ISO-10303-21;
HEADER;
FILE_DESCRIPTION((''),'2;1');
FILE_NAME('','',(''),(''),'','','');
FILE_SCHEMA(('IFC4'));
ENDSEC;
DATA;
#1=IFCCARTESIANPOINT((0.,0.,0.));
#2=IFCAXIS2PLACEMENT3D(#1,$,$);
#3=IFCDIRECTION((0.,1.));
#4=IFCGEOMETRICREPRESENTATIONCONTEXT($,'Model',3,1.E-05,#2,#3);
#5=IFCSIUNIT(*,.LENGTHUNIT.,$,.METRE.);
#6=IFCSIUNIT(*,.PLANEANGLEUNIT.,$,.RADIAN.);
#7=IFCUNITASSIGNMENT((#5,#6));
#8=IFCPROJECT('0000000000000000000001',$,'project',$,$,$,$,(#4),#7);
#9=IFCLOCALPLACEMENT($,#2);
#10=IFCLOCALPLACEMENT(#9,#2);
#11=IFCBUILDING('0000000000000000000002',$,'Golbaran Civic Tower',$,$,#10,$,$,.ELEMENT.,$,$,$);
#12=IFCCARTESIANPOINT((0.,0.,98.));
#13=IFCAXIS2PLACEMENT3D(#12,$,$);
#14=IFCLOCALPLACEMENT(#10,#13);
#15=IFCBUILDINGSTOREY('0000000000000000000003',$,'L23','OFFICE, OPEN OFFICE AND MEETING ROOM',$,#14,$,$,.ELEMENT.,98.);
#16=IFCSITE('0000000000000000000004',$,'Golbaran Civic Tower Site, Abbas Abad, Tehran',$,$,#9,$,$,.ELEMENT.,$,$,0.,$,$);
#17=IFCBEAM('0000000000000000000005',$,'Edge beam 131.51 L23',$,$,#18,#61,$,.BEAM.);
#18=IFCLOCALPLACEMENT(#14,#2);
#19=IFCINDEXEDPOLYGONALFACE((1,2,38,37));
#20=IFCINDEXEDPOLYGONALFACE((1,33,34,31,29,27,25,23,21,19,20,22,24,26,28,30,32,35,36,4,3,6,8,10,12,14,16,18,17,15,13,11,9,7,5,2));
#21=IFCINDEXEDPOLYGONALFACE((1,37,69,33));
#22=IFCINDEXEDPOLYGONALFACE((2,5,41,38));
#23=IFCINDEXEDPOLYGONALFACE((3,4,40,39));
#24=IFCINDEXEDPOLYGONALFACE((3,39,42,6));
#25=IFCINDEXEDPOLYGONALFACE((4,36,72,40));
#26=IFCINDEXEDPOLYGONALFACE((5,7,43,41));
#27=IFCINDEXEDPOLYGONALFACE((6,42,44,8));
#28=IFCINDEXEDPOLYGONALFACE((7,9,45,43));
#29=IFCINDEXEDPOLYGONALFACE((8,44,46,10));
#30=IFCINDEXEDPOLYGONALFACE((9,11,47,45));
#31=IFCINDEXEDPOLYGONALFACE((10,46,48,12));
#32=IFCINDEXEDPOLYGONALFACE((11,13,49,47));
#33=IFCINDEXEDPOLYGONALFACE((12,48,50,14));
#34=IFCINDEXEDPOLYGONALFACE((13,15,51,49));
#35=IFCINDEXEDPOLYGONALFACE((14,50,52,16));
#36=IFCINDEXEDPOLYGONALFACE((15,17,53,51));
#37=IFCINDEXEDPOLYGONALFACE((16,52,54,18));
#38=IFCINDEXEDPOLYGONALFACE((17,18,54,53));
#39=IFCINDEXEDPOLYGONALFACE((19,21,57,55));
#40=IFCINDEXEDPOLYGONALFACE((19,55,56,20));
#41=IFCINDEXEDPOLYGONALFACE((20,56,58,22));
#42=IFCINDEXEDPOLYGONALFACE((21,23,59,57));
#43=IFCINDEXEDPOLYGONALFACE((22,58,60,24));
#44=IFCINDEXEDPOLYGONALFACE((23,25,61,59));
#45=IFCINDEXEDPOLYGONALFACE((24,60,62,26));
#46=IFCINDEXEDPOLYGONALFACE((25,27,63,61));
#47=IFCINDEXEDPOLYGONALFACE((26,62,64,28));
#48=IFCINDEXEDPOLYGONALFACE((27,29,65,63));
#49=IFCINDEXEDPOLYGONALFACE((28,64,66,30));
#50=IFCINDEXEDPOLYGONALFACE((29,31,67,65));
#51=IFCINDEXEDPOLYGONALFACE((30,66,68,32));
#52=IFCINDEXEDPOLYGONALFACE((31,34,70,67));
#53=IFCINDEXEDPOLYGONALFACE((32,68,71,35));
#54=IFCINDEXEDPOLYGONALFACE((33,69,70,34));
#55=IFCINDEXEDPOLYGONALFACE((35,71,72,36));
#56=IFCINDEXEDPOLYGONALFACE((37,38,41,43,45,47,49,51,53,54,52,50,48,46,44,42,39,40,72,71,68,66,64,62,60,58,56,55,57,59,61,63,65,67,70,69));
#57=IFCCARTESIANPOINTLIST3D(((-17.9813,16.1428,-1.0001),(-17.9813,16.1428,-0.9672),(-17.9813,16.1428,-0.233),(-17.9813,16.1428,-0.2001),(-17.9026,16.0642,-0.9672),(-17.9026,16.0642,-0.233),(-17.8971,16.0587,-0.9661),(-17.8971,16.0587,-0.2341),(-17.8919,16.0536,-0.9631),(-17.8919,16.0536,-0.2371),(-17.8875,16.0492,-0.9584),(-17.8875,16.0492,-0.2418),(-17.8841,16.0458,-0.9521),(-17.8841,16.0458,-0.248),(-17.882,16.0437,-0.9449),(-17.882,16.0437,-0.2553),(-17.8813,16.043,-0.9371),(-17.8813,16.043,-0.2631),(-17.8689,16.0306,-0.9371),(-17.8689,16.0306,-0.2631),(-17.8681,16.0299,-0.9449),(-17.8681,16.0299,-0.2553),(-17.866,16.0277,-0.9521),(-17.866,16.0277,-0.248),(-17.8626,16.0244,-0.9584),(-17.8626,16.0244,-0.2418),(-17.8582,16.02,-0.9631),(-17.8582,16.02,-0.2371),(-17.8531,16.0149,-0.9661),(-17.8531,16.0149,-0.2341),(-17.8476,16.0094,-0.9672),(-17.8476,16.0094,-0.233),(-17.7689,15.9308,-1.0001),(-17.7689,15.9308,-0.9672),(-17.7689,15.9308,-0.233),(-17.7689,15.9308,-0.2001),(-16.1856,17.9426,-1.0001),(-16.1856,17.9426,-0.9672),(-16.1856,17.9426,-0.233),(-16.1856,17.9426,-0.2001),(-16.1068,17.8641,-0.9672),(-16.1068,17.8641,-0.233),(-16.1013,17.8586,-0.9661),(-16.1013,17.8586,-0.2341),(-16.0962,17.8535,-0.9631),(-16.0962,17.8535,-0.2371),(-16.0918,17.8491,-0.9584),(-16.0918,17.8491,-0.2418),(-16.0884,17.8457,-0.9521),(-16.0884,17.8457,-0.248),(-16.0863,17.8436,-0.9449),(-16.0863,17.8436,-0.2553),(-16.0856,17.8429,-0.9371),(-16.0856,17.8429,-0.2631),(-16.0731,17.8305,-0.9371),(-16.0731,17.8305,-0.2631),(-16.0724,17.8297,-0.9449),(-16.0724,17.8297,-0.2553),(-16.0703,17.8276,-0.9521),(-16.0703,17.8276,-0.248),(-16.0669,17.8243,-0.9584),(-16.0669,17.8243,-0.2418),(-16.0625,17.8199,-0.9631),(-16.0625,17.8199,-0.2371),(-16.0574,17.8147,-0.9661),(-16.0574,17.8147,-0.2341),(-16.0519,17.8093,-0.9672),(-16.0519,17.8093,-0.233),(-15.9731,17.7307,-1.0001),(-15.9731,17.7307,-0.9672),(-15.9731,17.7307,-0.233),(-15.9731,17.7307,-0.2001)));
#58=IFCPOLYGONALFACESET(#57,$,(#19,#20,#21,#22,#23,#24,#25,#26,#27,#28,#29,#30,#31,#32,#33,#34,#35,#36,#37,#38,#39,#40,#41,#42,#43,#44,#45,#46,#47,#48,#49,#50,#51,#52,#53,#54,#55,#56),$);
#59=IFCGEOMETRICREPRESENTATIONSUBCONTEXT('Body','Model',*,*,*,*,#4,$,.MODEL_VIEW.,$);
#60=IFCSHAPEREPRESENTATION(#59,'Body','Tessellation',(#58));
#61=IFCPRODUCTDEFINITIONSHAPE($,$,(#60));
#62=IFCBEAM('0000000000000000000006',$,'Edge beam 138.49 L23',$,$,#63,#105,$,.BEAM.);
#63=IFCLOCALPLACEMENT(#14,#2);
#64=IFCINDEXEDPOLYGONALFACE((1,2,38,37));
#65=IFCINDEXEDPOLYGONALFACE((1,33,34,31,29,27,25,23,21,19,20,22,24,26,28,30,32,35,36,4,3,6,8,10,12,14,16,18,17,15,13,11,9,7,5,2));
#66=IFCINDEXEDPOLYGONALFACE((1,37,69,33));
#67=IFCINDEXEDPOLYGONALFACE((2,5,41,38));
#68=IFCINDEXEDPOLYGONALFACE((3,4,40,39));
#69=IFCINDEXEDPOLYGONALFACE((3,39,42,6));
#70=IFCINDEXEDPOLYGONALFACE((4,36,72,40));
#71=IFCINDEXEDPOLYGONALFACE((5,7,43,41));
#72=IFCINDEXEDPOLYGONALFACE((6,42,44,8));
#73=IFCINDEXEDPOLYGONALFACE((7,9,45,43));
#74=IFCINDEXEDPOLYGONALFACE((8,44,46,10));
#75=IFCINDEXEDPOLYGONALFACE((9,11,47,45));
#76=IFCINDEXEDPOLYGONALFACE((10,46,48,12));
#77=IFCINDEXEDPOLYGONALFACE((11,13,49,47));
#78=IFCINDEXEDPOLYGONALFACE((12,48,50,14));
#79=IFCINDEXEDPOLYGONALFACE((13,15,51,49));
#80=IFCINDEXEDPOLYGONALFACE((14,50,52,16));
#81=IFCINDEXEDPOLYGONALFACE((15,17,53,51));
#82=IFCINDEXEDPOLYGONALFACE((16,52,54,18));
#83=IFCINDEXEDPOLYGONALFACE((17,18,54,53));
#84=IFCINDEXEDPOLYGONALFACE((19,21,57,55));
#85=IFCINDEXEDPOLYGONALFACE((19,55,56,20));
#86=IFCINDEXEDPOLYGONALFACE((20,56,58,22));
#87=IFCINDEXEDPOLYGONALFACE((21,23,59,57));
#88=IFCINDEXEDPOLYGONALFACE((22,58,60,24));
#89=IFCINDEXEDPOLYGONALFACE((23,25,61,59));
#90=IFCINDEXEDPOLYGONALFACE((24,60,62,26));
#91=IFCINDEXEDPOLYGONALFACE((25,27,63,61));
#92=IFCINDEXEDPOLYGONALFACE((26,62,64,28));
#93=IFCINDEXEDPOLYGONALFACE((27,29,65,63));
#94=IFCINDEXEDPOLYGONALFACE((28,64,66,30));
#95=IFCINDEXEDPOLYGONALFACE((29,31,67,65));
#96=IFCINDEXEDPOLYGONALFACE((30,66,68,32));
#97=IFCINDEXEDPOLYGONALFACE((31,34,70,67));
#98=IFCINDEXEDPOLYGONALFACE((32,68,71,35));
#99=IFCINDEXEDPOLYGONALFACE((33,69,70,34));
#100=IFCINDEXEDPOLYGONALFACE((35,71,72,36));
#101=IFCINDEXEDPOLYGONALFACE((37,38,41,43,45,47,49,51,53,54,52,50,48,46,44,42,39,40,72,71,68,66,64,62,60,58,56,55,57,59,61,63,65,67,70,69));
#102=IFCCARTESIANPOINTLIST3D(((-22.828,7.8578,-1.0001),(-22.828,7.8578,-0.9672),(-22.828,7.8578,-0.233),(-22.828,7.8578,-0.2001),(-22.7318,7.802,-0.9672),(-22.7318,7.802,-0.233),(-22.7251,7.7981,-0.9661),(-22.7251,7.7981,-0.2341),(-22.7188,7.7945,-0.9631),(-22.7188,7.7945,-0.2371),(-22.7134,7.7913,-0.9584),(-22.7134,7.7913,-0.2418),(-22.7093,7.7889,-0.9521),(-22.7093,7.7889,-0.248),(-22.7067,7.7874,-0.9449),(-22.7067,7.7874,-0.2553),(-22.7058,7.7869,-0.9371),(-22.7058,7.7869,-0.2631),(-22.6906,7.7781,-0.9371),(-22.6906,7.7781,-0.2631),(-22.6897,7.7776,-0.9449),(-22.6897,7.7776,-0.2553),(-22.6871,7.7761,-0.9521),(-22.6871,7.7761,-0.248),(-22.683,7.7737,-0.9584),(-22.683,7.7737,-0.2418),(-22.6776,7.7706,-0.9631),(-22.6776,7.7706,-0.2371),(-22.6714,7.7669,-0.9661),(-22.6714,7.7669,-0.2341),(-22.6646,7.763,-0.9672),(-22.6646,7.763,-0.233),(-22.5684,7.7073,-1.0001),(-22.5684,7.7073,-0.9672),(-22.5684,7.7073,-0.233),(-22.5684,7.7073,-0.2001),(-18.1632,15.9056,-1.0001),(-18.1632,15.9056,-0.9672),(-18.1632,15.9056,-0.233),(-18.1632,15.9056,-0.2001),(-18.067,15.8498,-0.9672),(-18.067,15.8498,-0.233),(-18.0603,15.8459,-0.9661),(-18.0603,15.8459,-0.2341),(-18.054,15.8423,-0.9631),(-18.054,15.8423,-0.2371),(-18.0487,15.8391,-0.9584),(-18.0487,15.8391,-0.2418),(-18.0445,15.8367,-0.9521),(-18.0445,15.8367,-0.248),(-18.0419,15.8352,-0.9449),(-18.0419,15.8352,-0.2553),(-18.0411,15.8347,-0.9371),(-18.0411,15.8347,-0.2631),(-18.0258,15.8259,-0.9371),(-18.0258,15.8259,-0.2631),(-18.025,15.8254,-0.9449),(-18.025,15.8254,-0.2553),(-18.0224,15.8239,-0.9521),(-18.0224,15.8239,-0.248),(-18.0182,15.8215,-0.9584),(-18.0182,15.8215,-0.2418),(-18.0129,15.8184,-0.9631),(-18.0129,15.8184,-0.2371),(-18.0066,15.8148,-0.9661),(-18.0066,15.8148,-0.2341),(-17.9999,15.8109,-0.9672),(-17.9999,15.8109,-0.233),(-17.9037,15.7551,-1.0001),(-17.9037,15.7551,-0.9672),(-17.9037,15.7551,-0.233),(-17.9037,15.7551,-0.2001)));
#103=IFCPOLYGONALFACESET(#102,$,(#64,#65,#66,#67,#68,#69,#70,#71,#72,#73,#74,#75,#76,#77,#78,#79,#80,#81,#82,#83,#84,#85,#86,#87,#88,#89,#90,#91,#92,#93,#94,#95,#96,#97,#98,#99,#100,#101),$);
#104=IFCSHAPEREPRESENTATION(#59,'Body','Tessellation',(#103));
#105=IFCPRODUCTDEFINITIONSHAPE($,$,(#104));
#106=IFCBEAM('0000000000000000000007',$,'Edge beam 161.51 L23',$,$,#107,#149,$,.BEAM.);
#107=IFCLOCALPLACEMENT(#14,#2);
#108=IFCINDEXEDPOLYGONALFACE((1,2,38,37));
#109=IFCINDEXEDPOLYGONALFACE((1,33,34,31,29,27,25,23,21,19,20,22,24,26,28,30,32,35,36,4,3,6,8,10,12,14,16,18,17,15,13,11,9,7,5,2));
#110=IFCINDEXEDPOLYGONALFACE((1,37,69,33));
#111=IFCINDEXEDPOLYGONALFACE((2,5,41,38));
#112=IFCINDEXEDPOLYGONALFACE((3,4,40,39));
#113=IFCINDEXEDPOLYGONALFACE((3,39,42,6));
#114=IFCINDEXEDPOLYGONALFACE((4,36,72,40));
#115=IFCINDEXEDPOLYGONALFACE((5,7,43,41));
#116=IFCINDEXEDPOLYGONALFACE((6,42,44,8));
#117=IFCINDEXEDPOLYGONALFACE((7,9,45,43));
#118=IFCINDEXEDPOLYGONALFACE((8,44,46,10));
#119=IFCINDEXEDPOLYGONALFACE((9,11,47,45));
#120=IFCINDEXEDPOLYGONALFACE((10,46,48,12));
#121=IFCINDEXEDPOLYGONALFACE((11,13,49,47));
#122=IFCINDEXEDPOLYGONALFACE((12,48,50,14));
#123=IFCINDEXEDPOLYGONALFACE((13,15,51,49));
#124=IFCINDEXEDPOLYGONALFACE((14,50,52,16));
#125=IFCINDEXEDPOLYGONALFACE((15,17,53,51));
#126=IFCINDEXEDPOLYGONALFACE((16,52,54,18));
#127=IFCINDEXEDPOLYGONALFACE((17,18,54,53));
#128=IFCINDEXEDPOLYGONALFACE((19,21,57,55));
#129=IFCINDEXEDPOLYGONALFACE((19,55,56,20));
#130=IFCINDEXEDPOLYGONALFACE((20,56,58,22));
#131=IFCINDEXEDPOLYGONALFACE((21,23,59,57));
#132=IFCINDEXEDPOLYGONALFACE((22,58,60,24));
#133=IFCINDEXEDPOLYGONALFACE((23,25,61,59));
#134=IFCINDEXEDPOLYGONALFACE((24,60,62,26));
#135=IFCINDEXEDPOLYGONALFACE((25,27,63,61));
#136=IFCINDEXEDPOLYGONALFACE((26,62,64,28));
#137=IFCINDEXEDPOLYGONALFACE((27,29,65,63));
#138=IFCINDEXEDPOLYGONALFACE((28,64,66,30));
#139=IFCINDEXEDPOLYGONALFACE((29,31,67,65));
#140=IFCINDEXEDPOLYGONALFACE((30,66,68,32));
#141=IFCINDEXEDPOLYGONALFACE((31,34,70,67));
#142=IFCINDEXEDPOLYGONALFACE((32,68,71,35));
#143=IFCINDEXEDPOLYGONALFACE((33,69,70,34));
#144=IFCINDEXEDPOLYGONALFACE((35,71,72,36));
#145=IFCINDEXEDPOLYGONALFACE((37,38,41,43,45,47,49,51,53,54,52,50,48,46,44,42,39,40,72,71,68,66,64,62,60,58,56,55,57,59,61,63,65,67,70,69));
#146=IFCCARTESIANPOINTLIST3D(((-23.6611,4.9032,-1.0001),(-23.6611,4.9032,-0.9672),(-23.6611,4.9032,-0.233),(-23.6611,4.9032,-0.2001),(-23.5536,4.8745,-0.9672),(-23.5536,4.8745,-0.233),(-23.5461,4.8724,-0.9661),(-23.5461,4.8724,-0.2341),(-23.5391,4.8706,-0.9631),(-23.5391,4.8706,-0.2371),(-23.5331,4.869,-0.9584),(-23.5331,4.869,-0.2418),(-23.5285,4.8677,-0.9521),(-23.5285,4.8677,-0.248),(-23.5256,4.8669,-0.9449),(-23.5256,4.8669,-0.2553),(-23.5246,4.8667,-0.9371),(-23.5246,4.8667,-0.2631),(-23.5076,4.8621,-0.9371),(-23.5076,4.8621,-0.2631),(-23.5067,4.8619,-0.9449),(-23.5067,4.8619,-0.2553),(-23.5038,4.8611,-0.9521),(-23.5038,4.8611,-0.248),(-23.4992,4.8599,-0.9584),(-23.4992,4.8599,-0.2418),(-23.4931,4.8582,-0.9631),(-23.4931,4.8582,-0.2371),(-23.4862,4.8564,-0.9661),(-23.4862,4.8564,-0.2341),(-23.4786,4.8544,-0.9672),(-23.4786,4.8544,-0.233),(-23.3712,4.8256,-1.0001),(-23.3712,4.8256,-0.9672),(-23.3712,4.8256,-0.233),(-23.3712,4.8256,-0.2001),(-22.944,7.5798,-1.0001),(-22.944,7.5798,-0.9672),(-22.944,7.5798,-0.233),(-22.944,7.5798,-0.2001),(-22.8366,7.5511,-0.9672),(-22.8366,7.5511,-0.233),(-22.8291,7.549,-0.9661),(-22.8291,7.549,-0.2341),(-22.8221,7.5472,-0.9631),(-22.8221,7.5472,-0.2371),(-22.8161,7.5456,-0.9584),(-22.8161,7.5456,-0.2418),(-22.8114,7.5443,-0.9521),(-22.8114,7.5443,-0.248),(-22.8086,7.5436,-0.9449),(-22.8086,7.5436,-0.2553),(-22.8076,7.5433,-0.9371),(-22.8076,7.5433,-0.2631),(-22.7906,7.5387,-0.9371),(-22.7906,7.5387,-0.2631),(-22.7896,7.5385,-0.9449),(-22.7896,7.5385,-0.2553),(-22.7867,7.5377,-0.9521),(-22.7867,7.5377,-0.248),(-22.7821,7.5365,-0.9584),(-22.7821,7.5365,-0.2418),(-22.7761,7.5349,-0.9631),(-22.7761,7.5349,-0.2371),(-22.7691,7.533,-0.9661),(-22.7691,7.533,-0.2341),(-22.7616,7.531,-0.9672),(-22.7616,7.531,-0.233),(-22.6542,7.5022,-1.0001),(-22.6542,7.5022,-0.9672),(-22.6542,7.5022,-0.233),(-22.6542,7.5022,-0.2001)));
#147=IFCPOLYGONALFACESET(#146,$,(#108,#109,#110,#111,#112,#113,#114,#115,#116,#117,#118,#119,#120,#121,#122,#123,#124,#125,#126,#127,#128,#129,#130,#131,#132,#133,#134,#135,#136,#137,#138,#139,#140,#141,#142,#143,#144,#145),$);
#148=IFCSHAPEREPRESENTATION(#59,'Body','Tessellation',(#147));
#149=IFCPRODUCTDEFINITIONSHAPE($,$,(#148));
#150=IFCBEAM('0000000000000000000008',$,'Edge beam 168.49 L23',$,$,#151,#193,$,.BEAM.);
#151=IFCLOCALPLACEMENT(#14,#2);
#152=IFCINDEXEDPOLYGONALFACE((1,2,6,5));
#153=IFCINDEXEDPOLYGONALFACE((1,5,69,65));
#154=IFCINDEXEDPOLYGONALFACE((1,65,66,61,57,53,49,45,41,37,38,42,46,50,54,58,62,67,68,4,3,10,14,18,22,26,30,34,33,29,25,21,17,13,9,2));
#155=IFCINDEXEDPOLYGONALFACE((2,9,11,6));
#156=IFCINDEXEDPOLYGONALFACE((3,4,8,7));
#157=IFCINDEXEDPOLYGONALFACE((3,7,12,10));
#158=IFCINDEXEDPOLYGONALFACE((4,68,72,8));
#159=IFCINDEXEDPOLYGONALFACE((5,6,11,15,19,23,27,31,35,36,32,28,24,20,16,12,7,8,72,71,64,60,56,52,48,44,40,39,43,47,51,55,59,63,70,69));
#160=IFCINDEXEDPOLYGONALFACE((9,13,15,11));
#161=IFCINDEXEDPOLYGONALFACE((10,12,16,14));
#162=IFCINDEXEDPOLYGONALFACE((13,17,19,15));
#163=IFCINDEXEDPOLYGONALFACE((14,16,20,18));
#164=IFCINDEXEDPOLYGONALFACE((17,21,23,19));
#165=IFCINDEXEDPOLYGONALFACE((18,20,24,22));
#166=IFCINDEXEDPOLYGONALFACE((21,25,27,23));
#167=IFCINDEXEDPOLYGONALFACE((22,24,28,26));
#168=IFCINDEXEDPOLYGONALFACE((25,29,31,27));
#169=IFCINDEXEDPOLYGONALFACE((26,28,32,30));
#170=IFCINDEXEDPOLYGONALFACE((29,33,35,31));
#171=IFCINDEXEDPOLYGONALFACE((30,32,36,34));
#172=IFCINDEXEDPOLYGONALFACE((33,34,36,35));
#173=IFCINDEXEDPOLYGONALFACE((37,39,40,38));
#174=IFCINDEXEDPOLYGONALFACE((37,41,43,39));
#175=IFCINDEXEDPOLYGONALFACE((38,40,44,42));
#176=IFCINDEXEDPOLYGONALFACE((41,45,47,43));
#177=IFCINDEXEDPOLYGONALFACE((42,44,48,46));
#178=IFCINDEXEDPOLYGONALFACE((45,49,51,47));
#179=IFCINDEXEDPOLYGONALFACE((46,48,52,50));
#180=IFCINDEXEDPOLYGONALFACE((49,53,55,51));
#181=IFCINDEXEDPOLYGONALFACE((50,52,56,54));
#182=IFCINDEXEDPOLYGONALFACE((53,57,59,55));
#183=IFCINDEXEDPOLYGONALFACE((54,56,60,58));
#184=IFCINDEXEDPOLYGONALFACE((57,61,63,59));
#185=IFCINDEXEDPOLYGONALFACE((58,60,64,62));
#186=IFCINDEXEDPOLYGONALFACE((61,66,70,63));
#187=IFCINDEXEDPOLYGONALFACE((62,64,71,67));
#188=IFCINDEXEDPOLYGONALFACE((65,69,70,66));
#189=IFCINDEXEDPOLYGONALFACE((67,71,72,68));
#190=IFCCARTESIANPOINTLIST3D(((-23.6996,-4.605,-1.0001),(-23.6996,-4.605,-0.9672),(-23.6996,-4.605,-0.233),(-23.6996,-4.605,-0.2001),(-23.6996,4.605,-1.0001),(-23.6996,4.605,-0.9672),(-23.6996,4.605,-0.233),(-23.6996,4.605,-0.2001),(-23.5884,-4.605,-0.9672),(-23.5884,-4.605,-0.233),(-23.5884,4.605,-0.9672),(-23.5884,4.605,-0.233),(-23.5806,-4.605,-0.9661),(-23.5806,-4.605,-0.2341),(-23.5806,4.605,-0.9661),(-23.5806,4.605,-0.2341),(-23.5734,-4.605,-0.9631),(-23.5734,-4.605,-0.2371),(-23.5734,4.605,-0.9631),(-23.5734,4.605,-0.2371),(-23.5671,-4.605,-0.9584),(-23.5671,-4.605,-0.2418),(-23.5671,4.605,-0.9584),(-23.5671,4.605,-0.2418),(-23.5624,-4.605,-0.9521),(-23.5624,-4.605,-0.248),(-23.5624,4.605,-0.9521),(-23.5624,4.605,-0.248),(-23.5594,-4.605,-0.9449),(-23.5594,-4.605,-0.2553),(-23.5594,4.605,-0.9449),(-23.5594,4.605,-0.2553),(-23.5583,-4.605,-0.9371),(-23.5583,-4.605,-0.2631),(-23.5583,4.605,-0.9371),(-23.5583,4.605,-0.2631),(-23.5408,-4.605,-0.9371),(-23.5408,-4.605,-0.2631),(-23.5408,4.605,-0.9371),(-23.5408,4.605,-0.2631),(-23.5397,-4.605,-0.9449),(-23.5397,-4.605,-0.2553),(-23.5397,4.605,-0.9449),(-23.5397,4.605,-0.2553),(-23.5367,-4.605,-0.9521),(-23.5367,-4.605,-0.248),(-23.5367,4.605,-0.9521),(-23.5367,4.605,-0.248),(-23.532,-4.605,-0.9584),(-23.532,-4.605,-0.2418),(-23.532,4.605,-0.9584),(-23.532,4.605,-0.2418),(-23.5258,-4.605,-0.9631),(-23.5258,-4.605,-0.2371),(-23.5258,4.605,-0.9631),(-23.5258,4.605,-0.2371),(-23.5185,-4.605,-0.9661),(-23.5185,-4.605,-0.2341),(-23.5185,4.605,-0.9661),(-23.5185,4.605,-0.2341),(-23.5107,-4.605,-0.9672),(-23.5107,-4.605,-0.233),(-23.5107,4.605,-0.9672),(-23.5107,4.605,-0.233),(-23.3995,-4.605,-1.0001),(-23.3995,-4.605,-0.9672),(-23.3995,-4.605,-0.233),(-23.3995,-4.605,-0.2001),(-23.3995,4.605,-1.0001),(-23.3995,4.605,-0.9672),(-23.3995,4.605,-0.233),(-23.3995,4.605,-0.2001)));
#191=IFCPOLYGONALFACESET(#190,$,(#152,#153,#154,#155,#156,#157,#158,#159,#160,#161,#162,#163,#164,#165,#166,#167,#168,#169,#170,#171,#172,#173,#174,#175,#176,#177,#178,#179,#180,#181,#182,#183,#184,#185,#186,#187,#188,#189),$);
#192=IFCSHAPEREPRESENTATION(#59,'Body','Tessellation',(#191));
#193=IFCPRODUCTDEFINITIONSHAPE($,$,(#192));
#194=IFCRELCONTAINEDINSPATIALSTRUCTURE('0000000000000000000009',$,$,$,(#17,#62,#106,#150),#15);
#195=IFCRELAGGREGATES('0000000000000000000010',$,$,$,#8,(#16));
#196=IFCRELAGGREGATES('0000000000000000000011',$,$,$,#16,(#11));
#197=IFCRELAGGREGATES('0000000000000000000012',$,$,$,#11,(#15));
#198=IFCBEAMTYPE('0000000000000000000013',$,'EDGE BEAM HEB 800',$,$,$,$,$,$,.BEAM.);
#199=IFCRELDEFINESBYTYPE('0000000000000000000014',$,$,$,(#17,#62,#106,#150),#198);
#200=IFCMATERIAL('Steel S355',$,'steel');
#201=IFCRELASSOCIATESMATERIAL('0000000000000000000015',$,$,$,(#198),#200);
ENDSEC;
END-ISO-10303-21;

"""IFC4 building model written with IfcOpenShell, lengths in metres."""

from ifc_helpers import new_model, si_unit, direction, frame, origin, origin_2d, place, context, subcontext, project, spatial, i_section, extrude, material, material_profile, profile_set, type_object, element, save


model = new_model("IFC4")

# Units and contexts
model_context = context("Model", 3, precision=1e-05, world=origin(), true_north=direction((0.0, 1.0)))
body_context = subcontext(model_context, "Body", "Model", "MODEL_VIEW")
ifc_project = project(units=[si_unit("LENGTHUNIT", "METRE"), si_unit("PLANEANGLEUNIT", "RADIAN")], contexts=[model_context])

# Site, building, storey
site_placement = place(None, origin())
site = spatial("IfcSite", under=ifc_project, at=site_placement, Name="Golbaran Civic Tower Site, Abbas Abad, Tehran", CompositionType="ELEMENT", RefElevation=0.0)
building_placement = place(site_placement, origin())
building = spatial("IfcBuilding", under=site, at=building_placement, Name="Golbaran Civic Tower", CompositionType="ELEMENT")
storey_placement = place(building_placement, frame((0.0, 0.0, 98.0)))
storey = spatial("IfcBuildingStorey", under=building, at=storey_placement, Name="L23", Description="OFFICE, OPEN OFFICE AND MEETING ROOM", CompositionType="ELEMENT", Elevation=98.0)

# Beams
ifc_material_1 = material(Name="Steel S355", Category="steel")
ifc_material_profile_1 = material_profile(ifc_material_1, i_section(OverallWidth=0.3, OverallDepth=0.8, WebThickness=0.0176, FlangeThickness=0.033, FilletRadius=0.03, at=origin_2d()), Name="HEB 800")
ifc_profile_set_1 = profile_set([ifc_material_profile_1], Name="Steel S355")
beam_type_1 = type_object("IfcBeamType", Name="EDGE BEAM HEB 800", PredefinedType="BEAM", material=ifc_profile_set_1)
beam_1_placement = place(storey_placement, frame((-16.0793, 17.8367, -0.6001), z_axis=(-0.70629, -0.707923, 0.0), x_axis=(0.707923, -0.70629, 0.0)))
element("IfcBeam", 1, at=beam_1_placement, inside=storey, type_object=beam_type_1, Name="Edge beam 131.51 L23", PredefinedType="BEAM", context=body_context, shape_type="SweptSolid", body=[
    extrude(i_section(OverallWidth=0.3, OverallDepth=0.8, WebThickness=0.0176, FlangeThickness=0.033, FilletRadius=0.03, at=origin_2d()), origin(), (0.0, 0.0, 1.0), 2.5425),
])
beam_2_placement = place(storey_placement, frame((-18.0334, 15.8303, -0.6001), z_axis=(-0.50148, -0.865169, 0.0), x_axis=(0.865169, -0.50148, 0.0)))
element("IfcBeam", 2, at=beam_2_placement, inside=storey, type_object=beam_type_1, Name="Edge beam 138.49 L23", PredefinedType="BEAM", context=body_context, shape_type="SweptSolid", body=[
    extrude(i_section(OverallWidth=0.3, OverallDepth=0.8, WebThickness=0.0176, FlangeThickness=0.033, FilletRadius=0.03, at=origin_2d()), origin(), (0.0, 0.0, 1.0), 9.302),
])
beam_3_placement = place(storey_placement, frame((-22.7991, 7.541, -0.6001), z_axis=(-0.258776, -0.965937, 0.0), x_axis=(0.965937, -0.258776, 0.0)))
element("IfcBeam", 3, at=beam_3_placement, inside=storey, type_object=beam_type_1, Name="Edge beam 161.51 L23", PredefinedType="BEAM", context=body_context, shape_type="SweptSolid", body=[
    extrude(i_section(OverallWidth=0.3, OverallDepth=0.8, WebThickness=0.0176, FlangeThickness=0.033, FilletRadius=0.03, at=origin_2d()), origin(), (0.0, 0.0, 1.0), 2.771),
])
beam_4_placement = place(storey_placement, frame((-23.5496, 4.605, -0.6001), z_axis=(0.0, -1.0, 0.0), x_axis=(1.0, 0.0, 0.0)))
element("IfcBeam", 4, at=beam_4_placement, inside=storey, type_object=beam_type_1, Name="Edge beam 168.49 L23", PredefinedType="BEAM", context=body_context, shape_type="SweptSolid", body=[
    extrude(i_section(OverallWidth=0.3, OverallDepth=0.8, WebThickness=0.0176, FlangeThickness=0.033, FilletRadius=0.03, at=origin_2d()), origin(), (0.0, 0.0, 1.0), 9.21),
])

save(model, "model.ifc")
